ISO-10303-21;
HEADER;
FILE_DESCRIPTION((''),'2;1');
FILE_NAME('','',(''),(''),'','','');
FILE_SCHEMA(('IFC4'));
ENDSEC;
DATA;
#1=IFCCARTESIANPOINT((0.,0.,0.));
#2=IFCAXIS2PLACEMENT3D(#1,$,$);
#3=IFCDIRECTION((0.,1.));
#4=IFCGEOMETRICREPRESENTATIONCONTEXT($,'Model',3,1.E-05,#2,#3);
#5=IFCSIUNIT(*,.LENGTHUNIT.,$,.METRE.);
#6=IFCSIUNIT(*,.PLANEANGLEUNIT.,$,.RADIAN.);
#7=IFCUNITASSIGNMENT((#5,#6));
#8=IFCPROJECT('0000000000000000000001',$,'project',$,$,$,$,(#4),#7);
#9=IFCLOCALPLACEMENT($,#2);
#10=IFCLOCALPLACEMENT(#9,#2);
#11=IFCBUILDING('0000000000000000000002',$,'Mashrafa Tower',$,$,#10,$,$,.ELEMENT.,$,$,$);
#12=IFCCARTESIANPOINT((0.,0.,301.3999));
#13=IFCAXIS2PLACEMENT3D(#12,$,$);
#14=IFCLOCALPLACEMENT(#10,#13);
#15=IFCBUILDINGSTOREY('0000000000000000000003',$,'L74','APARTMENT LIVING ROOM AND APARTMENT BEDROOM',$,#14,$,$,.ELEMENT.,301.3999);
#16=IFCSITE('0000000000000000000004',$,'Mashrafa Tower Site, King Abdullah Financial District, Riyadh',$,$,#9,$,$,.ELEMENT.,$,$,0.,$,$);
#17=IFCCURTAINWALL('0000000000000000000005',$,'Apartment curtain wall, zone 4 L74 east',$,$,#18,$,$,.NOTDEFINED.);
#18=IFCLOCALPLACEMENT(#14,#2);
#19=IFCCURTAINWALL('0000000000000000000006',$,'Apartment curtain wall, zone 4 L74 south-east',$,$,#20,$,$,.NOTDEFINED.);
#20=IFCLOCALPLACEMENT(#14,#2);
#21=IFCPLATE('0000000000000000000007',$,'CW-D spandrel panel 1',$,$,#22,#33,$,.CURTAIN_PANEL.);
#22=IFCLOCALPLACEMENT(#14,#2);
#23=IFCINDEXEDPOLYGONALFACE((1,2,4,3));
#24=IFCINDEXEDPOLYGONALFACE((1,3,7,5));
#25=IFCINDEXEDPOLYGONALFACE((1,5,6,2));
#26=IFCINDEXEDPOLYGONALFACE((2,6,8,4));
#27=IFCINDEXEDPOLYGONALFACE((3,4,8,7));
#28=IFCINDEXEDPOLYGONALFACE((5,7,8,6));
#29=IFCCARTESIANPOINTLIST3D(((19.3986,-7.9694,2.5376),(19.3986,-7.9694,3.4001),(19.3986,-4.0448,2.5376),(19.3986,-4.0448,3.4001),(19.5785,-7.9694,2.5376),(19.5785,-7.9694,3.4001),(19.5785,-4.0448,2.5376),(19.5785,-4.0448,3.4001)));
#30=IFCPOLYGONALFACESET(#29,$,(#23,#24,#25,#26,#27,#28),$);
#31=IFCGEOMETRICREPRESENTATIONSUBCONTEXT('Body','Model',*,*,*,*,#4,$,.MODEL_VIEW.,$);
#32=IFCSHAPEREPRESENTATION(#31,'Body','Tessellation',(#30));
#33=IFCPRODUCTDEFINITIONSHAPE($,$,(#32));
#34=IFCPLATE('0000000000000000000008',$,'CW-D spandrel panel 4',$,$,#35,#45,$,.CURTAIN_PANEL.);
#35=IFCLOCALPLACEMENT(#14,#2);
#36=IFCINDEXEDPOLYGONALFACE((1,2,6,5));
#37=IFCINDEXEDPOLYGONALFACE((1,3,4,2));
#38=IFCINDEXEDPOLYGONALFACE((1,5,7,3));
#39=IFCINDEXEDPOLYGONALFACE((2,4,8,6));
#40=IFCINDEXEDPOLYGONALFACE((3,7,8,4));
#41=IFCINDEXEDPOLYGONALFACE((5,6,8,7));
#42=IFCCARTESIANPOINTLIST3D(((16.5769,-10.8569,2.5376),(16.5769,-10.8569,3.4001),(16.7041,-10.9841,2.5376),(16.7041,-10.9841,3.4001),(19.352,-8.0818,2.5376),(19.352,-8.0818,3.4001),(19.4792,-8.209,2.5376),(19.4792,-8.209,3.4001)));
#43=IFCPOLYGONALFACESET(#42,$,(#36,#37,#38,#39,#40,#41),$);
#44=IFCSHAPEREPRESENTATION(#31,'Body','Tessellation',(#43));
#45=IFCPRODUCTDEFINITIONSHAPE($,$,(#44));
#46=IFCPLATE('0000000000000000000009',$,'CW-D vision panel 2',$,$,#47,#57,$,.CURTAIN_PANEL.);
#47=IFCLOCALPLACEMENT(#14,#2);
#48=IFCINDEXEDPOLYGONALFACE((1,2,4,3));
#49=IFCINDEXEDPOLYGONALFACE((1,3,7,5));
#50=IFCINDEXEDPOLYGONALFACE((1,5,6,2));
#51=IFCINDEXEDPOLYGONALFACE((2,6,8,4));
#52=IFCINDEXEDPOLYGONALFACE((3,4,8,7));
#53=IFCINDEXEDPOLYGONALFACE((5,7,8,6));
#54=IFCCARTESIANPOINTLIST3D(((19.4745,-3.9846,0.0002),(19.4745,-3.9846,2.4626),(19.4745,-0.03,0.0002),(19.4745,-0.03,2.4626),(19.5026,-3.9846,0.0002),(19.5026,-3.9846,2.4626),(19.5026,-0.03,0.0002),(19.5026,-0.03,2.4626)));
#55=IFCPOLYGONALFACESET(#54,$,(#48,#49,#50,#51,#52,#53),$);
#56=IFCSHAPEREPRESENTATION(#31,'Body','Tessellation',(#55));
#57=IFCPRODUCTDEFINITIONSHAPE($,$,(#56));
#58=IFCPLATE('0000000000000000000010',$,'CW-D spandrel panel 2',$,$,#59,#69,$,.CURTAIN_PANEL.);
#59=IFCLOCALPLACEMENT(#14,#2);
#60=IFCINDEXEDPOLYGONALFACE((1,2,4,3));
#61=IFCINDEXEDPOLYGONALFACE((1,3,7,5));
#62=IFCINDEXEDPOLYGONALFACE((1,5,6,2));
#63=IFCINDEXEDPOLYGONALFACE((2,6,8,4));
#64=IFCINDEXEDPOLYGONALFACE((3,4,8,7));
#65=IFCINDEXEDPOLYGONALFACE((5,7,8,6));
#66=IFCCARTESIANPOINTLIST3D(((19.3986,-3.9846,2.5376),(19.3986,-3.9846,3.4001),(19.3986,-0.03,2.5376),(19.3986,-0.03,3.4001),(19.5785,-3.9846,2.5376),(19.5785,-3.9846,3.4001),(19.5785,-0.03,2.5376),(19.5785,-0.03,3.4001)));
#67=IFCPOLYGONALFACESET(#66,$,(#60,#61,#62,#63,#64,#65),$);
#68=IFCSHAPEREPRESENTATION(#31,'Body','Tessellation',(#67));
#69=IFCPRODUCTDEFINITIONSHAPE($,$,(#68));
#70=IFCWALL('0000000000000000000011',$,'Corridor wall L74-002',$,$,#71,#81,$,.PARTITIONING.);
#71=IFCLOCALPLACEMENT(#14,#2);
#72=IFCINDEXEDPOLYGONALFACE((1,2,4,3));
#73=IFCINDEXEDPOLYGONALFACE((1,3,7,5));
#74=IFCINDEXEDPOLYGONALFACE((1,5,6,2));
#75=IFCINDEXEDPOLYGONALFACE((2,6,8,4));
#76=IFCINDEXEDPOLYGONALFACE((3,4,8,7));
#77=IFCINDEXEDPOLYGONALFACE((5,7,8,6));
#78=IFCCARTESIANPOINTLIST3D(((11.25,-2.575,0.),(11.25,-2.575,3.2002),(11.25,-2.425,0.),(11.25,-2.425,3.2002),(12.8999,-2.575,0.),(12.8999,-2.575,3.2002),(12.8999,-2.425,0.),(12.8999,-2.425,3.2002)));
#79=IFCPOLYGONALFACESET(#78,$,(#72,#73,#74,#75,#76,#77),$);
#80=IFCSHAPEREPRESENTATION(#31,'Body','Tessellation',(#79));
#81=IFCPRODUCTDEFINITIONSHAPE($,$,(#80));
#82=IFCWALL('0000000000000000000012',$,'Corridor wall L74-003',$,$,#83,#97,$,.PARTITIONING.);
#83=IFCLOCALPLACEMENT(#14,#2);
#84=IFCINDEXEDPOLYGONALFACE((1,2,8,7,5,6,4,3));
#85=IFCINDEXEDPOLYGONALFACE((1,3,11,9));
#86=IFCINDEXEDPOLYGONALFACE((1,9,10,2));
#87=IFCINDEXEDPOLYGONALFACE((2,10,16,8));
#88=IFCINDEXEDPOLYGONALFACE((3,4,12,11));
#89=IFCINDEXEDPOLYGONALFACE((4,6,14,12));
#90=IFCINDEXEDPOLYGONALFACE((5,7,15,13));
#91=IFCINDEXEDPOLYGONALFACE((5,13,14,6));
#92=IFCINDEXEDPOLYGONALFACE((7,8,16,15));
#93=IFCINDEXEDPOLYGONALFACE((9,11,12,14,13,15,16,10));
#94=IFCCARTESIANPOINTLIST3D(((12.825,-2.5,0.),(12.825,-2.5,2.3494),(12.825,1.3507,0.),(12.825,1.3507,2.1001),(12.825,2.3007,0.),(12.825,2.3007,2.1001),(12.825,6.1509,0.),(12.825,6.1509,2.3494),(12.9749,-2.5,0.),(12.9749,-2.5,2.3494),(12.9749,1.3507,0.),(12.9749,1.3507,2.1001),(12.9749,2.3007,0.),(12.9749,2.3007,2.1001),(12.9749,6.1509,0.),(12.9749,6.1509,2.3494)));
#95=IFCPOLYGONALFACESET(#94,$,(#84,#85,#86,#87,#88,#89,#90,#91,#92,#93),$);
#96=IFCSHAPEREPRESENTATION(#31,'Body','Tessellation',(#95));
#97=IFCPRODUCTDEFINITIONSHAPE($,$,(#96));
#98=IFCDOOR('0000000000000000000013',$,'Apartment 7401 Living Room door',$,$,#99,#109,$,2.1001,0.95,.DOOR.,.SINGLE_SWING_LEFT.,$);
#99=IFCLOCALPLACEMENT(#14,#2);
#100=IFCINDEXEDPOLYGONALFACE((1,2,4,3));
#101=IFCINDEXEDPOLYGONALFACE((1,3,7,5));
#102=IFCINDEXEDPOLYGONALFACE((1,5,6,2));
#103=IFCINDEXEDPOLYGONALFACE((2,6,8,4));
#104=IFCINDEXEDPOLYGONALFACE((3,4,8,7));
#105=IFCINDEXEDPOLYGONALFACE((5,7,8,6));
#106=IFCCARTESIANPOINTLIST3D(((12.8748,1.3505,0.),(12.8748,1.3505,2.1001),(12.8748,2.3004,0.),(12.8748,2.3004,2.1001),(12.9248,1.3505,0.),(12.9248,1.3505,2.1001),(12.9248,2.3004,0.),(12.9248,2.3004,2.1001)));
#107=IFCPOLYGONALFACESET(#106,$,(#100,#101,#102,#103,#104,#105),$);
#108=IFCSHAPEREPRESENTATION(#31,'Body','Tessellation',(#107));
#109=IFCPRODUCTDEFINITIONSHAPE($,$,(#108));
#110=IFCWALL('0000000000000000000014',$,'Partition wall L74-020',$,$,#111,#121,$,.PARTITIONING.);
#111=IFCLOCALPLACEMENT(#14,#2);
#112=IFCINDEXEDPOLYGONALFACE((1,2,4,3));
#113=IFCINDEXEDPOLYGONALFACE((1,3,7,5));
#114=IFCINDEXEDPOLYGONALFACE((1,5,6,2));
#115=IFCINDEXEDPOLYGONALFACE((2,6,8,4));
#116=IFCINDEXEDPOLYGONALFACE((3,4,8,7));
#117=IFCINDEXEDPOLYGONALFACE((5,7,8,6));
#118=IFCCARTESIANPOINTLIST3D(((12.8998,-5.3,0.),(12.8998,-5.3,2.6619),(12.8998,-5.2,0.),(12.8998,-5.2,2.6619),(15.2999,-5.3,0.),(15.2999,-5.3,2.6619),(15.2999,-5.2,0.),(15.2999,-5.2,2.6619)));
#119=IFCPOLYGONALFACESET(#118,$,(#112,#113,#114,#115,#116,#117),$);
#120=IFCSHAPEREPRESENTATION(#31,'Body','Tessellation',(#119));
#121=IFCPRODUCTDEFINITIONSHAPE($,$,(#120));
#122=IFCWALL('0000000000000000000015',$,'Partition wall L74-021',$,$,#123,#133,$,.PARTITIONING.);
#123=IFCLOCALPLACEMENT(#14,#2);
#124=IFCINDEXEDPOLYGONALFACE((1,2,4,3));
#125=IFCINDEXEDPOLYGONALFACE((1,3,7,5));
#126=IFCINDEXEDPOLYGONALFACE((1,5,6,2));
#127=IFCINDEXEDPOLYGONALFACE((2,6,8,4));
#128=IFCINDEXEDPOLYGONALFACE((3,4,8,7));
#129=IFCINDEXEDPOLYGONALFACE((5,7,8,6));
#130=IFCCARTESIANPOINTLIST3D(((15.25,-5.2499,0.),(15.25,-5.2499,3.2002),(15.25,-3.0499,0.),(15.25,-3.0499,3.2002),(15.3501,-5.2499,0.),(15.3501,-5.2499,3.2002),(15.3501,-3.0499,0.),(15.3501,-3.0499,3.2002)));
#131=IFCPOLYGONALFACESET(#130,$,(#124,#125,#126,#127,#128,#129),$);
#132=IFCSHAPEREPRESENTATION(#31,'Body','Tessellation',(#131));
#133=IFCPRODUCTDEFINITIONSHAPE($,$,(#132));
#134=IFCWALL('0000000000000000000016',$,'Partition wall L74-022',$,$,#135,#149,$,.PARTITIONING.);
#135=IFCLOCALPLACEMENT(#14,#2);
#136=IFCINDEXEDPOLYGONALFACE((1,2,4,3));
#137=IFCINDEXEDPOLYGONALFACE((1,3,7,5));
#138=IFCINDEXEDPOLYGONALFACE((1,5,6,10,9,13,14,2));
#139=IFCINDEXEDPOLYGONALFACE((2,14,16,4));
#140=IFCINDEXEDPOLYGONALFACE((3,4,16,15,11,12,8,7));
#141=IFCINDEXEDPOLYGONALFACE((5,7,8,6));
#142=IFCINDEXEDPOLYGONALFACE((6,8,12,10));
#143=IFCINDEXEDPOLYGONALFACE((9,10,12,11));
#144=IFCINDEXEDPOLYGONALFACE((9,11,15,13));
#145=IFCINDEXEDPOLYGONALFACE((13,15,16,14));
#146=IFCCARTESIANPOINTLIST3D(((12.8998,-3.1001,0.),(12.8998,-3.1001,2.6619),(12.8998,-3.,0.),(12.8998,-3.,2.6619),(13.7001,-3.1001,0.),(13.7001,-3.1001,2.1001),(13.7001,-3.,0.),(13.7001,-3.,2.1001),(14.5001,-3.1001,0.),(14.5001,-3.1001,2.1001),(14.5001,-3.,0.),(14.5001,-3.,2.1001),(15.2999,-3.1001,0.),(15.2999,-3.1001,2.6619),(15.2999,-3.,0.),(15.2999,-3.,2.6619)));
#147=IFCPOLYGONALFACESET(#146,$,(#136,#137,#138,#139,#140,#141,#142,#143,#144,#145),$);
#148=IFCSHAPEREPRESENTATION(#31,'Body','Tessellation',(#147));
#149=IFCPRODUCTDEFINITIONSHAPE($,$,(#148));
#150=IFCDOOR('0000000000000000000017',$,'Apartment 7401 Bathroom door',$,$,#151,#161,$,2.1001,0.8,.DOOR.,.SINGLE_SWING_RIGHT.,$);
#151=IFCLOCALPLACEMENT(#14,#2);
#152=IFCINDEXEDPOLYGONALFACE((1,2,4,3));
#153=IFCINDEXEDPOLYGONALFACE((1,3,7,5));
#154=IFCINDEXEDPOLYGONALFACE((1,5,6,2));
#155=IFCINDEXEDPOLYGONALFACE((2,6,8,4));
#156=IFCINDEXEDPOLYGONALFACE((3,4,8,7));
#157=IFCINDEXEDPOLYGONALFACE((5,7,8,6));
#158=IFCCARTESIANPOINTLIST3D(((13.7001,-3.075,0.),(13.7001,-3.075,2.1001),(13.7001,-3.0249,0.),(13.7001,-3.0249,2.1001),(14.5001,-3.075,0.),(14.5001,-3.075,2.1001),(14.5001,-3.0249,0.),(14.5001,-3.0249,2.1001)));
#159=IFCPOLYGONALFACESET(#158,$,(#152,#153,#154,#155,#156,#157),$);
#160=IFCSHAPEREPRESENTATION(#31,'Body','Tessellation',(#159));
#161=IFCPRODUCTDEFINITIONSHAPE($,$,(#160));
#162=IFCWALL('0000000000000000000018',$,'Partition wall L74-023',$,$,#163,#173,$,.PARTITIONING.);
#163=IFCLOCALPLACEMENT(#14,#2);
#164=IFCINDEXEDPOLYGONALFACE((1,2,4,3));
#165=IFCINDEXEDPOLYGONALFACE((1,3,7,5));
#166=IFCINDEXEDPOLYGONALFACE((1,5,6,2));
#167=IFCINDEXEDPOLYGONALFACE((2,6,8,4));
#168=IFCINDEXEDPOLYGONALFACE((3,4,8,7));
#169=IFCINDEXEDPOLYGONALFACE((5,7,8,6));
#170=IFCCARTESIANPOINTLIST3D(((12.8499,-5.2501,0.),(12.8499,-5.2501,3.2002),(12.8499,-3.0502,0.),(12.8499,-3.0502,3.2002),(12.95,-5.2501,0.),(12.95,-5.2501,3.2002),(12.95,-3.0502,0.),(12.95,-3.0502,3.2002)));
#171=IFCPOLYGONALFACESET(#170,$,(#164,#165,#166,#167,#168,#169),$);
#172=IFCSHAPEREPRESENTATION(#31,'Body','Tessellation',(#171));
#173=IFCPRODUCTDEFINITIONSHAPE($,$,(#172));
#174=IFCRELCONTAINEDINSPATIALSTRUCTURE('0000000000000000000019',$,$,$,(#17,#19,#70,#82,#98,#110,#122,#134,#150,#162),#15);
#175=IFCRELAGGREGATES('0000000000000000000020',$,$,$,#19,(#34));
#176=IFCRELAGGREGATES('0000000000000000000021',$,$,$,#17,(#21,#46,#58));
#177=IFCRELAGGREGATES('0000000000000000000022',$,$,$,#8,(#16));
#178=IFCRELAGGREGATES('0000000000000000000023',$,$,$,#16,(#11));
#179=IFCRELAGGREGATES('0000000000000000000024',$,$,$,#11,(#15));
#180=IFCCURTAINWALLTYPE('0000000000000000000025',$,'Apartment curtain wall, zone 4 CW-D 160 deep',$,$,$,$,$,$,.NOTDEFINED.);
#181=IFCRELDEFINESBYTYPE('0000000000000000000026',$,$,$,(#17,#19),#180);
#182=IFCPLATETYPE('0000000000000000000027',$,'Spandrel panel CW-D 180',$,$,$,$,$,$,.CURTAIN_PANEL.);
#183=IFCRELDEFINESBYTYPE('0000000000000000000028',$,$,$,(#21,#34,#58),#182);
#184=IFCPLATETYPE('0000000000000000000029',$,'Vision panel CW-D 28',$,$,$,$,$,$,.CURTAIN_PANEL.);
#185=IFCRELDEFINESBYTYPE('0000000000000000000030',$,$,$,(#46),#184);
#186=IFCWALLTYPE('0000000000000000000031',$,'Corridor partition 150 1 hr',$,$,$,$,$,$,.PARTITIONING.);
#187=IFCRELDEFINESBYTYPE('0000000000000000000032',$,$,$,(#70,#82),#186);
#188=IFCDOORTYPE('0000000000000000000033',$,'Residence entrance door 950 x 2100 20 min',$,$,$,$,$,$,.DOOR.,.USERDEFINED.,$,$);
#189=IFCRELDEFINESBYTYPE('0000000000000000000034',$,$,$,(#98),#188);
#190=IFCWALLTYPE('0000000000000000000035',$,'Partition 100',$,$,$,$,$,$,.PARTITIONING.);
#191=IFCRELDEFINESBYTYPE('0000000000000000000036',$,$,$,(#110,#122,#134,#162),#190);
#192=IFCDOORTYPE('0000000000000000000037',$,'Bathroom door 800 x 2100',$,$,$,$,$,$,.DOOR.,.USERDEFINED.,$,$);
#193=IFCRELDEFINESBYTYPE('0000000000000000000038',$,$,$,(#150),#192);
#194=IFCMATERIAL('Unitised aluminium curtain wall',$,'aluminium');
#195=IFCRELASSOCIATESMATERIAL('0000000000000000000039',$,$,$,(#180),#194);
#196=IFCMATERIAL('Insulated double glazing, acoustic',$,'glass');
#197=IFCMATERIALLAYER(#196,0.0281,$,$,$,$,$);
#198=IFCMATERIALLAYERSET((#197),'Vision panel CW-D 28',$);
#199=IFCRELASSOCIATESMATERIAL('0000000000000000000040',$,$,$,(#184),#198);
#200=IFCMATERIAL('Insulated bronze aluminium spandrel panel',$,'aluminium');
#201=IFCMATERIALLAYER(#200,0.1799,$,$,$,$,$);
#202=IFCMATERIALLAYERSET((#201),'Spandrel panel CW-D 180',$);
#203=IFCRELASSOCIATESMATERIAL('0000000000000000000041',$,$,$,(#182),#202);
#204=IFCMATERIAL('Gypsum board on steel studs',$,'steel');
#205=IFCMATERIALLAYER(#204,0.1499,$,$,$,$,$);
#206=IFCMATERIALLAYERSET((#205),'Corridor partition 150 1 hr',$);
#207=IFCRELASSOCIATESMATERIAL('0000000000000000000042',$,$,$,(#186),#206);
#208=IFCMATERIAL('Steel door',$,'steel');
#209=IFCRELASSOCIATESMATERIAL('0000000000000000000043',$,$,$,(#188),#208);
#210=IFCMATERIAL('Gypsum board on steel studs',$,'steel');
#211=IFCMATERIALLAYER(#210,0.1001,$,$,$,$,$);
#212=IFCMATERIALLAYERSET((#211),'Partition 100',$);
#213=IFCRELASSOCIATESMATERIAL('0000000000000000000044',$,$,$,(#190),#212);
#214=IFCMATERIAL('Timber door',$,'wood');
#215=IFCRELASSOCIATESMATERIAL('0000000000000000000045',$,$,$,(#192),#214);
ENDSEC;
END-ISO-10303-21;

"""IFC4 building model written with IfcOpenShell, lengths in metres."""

from ifc_helpers import new_model, si_unit, direction, frame, frame_2d, origin, origin_2d, place, context, subcontext, project, spatial, rectangle, extrude, source, transform, mapped, material, layer, layer_set, type_object, type_shapes, element, fill, aggregate, save


model = new_model("IFC4")

# Units and contexts
model_context = context("Model", 3, precision=1e-05, world=origin(), true_north=direction((0.0, 1.0)))
body_context = subcontext(model_context, "Body", "Model", "MODEL_VIEW")
ifc_project = project(units=[si_unit("LENGTHUNIT", "METRE"), si_unit("PLANEANGLEUNIT", "RADIAN")], contexts=[model_context])

# Site, building, storey
site_placement = place(None, origin())
site = spatial("IfcSite", under=ifc_project, at=site_placement, Name="Mashrafa Tower Site, King Abdullah Financial District, Riyadh", CompositionType="ELEMENT", RefElevation=0.0)
building_placement = place(site_placement, origin())
building = spatial("IfcBuilding", under=site, at=building_placement, Name="Mashrafa Tower", CompositionType="ELEMENT")
storey_placement = place(building_placement, frame((0.0, 0.0, 301.3999)))
storey = spatial("IfcBuildingStorey", under=building, at=storey_placement, Name="L74", Description="APARTMENT LIVING ROOM AND APARTMENT BEDROOM", CompositionType="ELEMENT", Elevation=301.3999)

# Curtain wall
ifc_material_1 = material(Name="Unitised aluminium curtain wall", Category="aluminium")
curtain_wall_type = type_object("IfcCurtainWallType", Name="Apartment curtain wall, zone 4 CW-D 160 deep", PredefinedType="NOTDEFINED", material=ifc_material_1)
curtain_wall_1_placement = place(storey_placement, origin())
curtain_wall_1 = element("IfcCurtainWall", 1, at=curtain_wall_1_placement, inside=storey, type_object=curtain_wall_type, Name="Apartment curtain wall, zone 4 L74 east", PredefinedType="NOTDEFINED")

# Curtain wall
curtain_wall_2_placement = place(storey_placement, origin())
curtain_wall_2 = element("IfcCurtainWall", 2, at=curtain_wall_2_placement, inside=storey, type_object=curtain_wall_type, Name="Apartment curtain wall, zone 4 L74 south-east", PredefinedType="NOTDEFINED")

# Plates
ifc_material_2 = material(Name="Insulated double glazing, acoustic", Category="glass")
ifc_layer_1 = layer(ifc_material_2, 0.0281)
ifc_layer_set_1 = layer_set([ifc_layer_1], Name="Vision panel CW-D 28")
plate_type_1 = type_object("IfcPlateType", Name="Vision panel CW-D 28", PredefinedType="CURTAIN_PANEL", material=ifc_layer_set_1)
ifc_material_3 = material(Name="Insulated bronze aluminium spandrel panel", Category="aluminium")
ifc_layer_2 = layer(ifc_material_3, 0.1799)
ifc_layer_set_2 = layer_set([ifc_layer_2], Name="Spandrel panel CW-D 180")
plate_type_2 = type_object("IfcPlateType", Name="Spandrel panel CW-D 180", PredefinedType="CURTAIN_PANEL", material=ifc_layer_set_2)
shared_shape_1 = source(origin(), body_context, "Body", "SweptSolid", [
    extrude(rectangle(XDim=3.9246, YDim=0.1799, at=origin_2d()), origin(), (0.0, 0.0, 1.0), 0.8625),
])
plate_1_placement = place(storey_placement, frame((19.4885, -6.0071, 2.5376), z_axis=(0.0, 0.0, 1.0), x_axis=(0.0, 1.0, 0.0)))
plate_1 = element("IfcPlate", 3, at=plate_1_placement, type_object=plate_type_2, Name="CW-D spandrel panel 1", PredefinedType="CURTAIN_PANEL", context=body_context, shape_type="MappedRepresentation", body=[
    mapped(shared_shape_1, transform((0.0, 0.0, 0.0))),
])
plate_2_placement = place(storey_placement, frame((18.0281, -9.533, 2.5376), z_axis=(0.0, 0.0, 1.0), x_axis=(0.707107, 0.707107, 0.0)))
plate_2 = element("IfcPlate", 4, at=plate_2_placement, type_object=plate_type_2, Name="CW-D spandrel panel 4", PredefinedType="CURTAIN_PANEL", context=body_context, shape_type="MappedRepresentation", body=[
    mapped(shared_shape_1, transform((0.0, 0.0, 0.0))),
])
aggregate(curtain_wall_2, [plate_2])
shared_shape_2 = source(origin(), body_context, "Body", "SweptSolid", [
    extrude(rectangle(XDim=3.9546, YDim=0.0281, at=origin_2d()), origin(), (0.0, 0.0, 1.0), 2.4624),
])
plate_3_placement = place(storey_placement, frame((19.4885, -2.0073, 0.0002), z_axis=(0.0, 0.0, 1.0), x_axis=(0.0, 1.0, 0.0)))
plate_3 = element("IfcPlate", 5, at=plate_3_placement, type_object=plate_type_1, Name="CW-D vision panel 2", PredefinedType="CURTAIN_PANEL", context=body_context, shape_type="MappedRepresentation", body=[
    mapped(shared_shape_2, transform((0.0, 0.0, 0.0))),
])
shared_shape_3 = source(origin(), body_context, "Body", "SweptSolid", [
    extrude(rectangle(XDim=3.9546, YDim=0.1799, at=origin_2d()), origin(), (0.0, 0.0, 1.0), 0.8625),
])
type_shapes(plate_type_2, [shared_shape_1, shared_shape_3])
plate_4_placement = place(storey_placement, frame((19.4885, -2.0073, 2.5376), z_axis=(0.0, 0.0, 1.0), x_axis=(0.0, 1.0, 0.0)))
plate_4 = element("IfcPlate", 6, at=plate_4_placement, type_object=plate_type_2, Name="CW-D spandrel panel 2", PredefinedType="CURTAIN_PANEL", context=body_context, shape_type="MappedRepresentation", body=[
    mapped(shared_shape_3, transform((0.0, 0.0, 0.0))),
])
aggregate(curtain_wall_1, [plate_1, plate_3, plate_4])

# Wall
ifc_material_4 = material(Name="Gypsum board on steel studs", Category="steel")
ifc_layer_3 = layer(ifc_material_4, 0.1499)
ifc_layer_set_3 = layer_set([ifc_layer_3], Name="Corridor partition 150 1 hr")
wall_type_1 = type_object("IfcWallType", Name="Corridor partition 150 1 hr", PredefinedType="PARTITIONING", material=ifc_layer_set_3)
wall_1_placement = place(storey_placement, frame((11.25, -2.5, 0.0), z_axis=(0.0, 0.0, 1.0), x_axis=(1.0, 0.0, 0.0)))
element("IfcWall", 7, at=wall_1_placement, inside=storey, type_object=wall_type_1, Name="Corridor wall L74-002", PredefinedType="PARTITIONING", context=body_context, shape_type="SweptSolid", body=[
    extrude(rectangle(XDim=1.6499, YDim=0.1499, at=frame_2d((0.825, 0.0))), origin(), (0.0, 0.0, 1.0), 3.2002),
])

# Wall, opening, door
wall_2_placement = place(storey_placement, frame((12.8999, -2.5, 0.0), z_axis=(0.0, 0.0, 1.0), x_axis=(0.0, 1.0, 0.0)))
wall_2 = element("IfcWall", 8, at=wall_2_placement, inside=storey, type_object=wall_type_1, Name="Corridor wall L74-003", PredefinedType="PARTITIONING", context=body_context, shape_type="SweptSolid", body=[
    extrude(rectangle(XDim=8.6509, YDim=0.1499, at=frame_2d((4.3254, 0.0))), origin(), (0.0, 0.0, 1.0), 2.3494),
])
opening_1_placement = place(wall_2_placement, frame((3.8506, 0.0, 0.0)))
opening_1 = element("IfcOpeningElement", 9, at=opening_1_placement, cuts=wall_2, PredefinedType="OPENING", context=body_context, shape_type="SweptSolid", body=[
    extrude(rectangle(XDim=0.95, YDim=2.1001, at=frame_2d((0.4751, 1.05))), frame((0.0, 0.085, 0.0), z_axis=(0.0, -1.0, 0.0), x_axis=(1.0, 0.0, 0.0)), (0.0, 0.0, 1.0), 0.1699),
])
ifc_material_5 = material(Name="Steel door", Category="steel")
door_type_1 = type_object("IfcDoorType", Name="Residence entrance door 950 x 2100 20 min", OperationType="USERDEFINED", PredefinedType="DOOR", material=ifc_material_5)
door_1_placement = place(opening_1_placement, frame((0.95, 0.0, 0.0), z_axis=(0.0, 0.0, 1.0), x_axis=(-1.0, 0.0, 0.0)))
door_1 = element("IfcDoor", 10, at=door_1_placement, inside=storey, type_object=door_type_1, Name="Apartment 7401 Living Room door", OperationType="SINGLE_SWING_LEFT", OverallHeight=2.1001, OverallWidth=0.95, PredefinedType="DOOR", context=body_context, shape_type="SweptSolid", body=[
    extrude(rectangle(XDim=0.95, YDim=2.1001, at=frame_2d((0.4751, 1.05))), frame((0.0, 0.0249, 0.0), z_axis=(0.0, -1.0, 0.0), x_axis=(1.0, 0.0, 0.0)), (0.0, 0.0, 1.0), 0.05),
])
fill(opening_1, door_1)

# Walls
ifc_material_6 = material(Name="Gypsum board on steel studs", Category="steel")
ifc_layer_4 = layer(ifc_material_6, 0.1001)
ifc_layer_set_4 = layer_set([ifc_layer_4], Name="Partition 100")
wall_type_2 = type_object("IfcWallType", Name="Partition 100", PredefinedType="PARTITIONING", material=ifc_layer_set_4)
wall_3_placement = place(storey_placement, frame((15.3, -5.25, 0.0), z_axis=(0.0, 0.0, 1.0), x_axis=(-1.0, 0.0, 0.0)))
element("IfcWall", 11, at=wall_3_placement, inside=storey, type_object=wall_type_2, Name="Partition wall L74-020", PredefinedType="PARTITIONING", context=body_context, shape_type="SweptSolid", body=[
    extrude(rectangle(XDim=2.4001, YDim=0.1001, at=frame_2d((1.2002, 0.0))), origin(), (0.0, 0.0, 1.0), 2.6619),
])
wall_4_placement = place(storey_placement, frame((15.3, -5.25, 0.0), z_axis=(0.0, 0.0, 1.0), x_axis=(0.0, 1.0, 0.0)))
element("IfcWall", 12, at=wall_4_placement, inside=storey, type_object=wall_type_2, Name="Partition wall L74-021", PredefinedType="PARTITIONING", context=body_context, shape_type="SweptSolid", body=[
    extrude(rectangle(XDim=2.2, YDim=0.1001, at=frame_2d((1.1001, 0.0))), origin(), (0.0, 0.0, 1.0), 3.2002),
])

# Wall, opening, door
wall_5_placement = place(storey_placement, frame((15.3, -3.05, 0.0), z_axis=(0.0, 0.0, 1.0), x_axis=(-1.0, 0.0, 0.0)))
wall_5 = element("IfcWall", 13, at=wall_5_placement, inside=storey, type_object=wall_type_2, Name="Partition wall L74-022", PredefinedType="PARTITIONING", context=body_context, shape_type="SweptSolid", body=[
    extrude(rectangle(XDim=2.4001, YDim=0.1001, at=frame_2d((1.2002, 0.0))), origin(), (0.0, 0.0, 1.0), 2.6619),
])
opening_2_placement = place(wall_5_placement, frame((0.8, 0.0, 0.0)))
opening_2 = element("IfcOpeningElement", 14, at=opening_2_placement, cuts=wall_5, PredefinedType="OPENING", context=body_context, shape_type="SweptSolid", body=[
    extrude(rectangle(XDim=0.8, YDim=2.1001, at=frame_2d((0.3999, 1.05))), frame((0.0, 0.0601, 0.0), z_axis=(0.0, -1.0, 0.0), x_axis=(1.0, 0.0, 0.0)), (0.0, 0.0, 1.0), 0.1201),
])
ifc_material_7 = material(Name="Timber door", Category="wood")
door_type_2 = type_object("IfcDoorType", Name="Bathroom door 800 x 2100", OperationType="USERDEFINED", PredefinedType="DOOR", material=ifc_material_7)
door_2_placement = place(opening_2_placement, origin())
door_2 = element("IfcDoor", 15, at=door_2_placement, inside=storey, type_object=door_type_2, Name="Apartment 7401 Bathroom door", OperationType="SINGLE_SWING_RIGHT", OverallHeight=2.1001, OverallWidth=0.8, PredefinedType="DOOR", context=body_context, shape_type="SweptSolid", body=[
    extrude(rectangle(XDim=0.8, YDim=2.1001, at=frame_2d((0.3999, 1.05))), frame((0.0, 0.0249, 0.0), z_axis=(0.0, -1.0, 0.0), x_axis=(1.0, 0.0, 0.0)), (0.0, 0.0, 1.0), 0.05),
])
fill(opening_2, door_2)

# Wall
wall_6_placement = place(storey_placement, frame((12.8999, -3.05, 0.0), z_axis=(0.0, 0.0, 1.0), x_axis=(0.0, -1.0, 0.0)))
element("IfcWall", 16, at=wall_6_placement, inside=storey, type_object=wall_type_2, Name="Partition wall L74-023", PredefinedType="PARTITIONING", context=body_context, shape_type="SweptSolid", body=[
    extrude(rectangle(XDim=2.2, YDim=0.1001, at=frame_2d((1.1001, 0.0))), origin(), (0.0, 0.0, 1.0), 3.2002),
])

save(model, "model.ifc")
